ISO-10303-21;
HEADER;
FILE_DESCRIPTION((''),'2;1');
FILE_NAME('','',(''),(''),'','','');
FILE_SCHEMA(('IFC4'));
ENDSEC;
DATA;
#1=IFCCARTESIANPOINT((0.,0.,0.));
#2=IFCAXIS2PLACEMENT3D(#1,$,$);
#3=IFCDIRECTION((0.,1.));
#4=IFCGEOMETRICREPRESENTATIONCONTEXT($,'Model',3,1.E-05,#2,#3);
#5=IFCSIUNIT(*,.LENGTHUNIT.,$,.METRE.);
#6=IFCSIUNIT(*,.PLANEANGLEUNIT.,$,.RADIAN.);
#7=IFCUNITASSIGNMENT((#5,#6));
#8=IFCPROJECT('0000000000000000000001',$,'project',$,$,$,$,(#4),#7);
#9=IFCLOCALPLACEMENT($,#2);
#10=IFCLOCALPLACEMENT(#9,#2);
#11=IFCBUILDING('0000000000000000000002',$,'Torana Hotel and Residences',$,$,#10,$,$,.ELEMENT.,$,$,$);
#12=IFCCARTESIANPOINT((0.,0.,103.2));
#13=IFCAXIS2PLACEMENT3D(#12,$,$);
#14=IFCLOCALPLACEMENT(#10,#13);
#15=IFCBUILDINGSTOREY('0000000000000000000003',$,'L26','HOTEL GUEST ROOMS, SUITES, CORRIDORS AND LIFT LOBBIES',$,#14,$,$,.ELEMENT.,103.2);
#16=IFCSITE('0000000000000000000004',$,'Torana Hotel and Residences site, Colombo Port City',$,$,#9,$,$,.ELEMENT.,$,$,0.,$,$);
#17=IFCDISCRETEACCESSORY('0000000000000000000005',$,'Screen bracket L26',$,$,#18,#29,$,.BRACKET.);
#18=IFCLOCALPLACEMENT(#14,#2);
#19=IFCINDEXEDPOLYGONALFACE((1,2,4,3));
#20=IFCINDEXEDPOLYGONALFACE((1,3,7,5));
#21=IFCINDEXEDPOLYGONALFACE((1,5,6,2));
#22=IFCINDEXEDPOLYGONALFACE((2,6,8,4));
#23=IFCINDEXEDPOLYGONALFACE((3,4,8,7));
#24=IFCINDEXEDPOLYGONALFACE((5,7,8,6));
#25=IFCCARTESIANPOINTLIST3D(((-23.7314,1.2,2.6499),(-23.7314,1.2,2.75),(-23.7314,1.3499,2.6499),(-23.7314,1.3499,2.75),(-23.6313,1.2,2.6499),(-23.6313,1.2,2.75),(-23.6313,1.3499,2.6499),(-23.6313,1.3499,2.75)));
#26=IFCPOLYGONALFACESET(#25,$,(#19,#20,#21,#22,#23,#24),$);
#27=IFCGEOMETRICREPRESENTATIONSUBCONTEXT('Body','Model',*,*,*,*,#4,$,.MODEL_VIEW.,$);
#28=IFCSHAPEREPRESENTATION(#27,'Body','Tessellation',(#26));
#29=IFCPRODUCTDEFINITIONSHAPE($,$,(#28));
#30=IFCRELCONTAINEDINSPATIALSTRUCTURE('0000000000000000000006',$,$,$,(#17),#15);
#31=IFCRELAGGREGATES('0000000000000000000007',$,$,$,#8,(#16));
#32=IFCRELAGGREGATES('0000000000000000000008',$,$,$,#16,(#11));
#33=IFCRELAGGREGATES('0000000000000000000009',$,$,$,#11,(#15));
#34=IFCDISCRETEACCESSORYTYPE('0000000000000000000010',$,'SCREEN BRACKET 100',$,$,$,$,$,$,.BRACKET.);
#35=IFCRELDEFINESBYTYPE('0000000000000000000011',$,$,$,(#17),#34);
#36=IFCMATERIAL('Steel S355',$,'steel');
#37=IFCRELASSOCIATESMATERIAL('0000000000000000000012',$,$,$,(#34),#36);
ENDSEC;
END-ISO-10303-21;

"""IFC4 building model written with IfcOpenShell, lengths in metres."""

from ifc_helpers import new_model, si_unit, direction, frame, origin, origin_2d, place, context, subcontext, project, spatial, rectangle, extrude, material, type_object, element, save


model = new_model("IFC4")

# Units and contexts
model_context = context("Model", 3, precision=1e-05, world=origin(), true_north=direction((0.0, 1.0)))
body_context = subcontext(model_context, "Body", "Model", "MODEL_VIEW")
ifc_project = project(units=[si_unit("LENGTHUNIT", "METRE"), si_unit("PLANEANGLEUNIT", "RADIAN")], contexts=[model_context])

# Site, building, storey
site_placement = place(None, origin())
site = spatial("IfcSite", under=ifc_project, at=site_placement, Name="Torana Hotel and Residences site, Colombo Port City", CompositionType="ELEMENT", RefElevation=0.0)
building_placement = place(site_placement, origin())
building = spatial("IfcBuilding", under=site, at=building_placement, Name="Torana Hotel and Residences", CompositionType="ELEMENT")
storey_placement = place(building_placement, frame((0.0, 0.0, 103.2)))
storey = spatial("IfcBuildingStorey", under=building, at=storey_placement, Name="L26", Description="HOTEL GUEST ROOMS, SUITES, CORRIDORS AND LIFT LOBBIES", CompositionType="ELEMENT", Elevation=103.2)

# Discrete accessory
ifc_material_1 = material(Name="Steel S355", Category="steel")
discrete_accessory_type = type_object("IfcDiscreteAccessoryType", Name="SCREEN BRACKET 100", PredefinedType="BRACKET", material=ifc_material_1)
for number, where, z_axis, x_axis, name in (
    (1, (-23.6814, 1.2749, 2.6499), (0.0, 0.0, 1.0), (-1.0, 0.0, 0.0), "Screen bracket L26"),
):
    element("IfcDiscreteAccessory", number, at=place(storey_placement, frame(where, z_axis=z_axis, x_axis=x_axis)), inside=storey, type_object=discrete_accessory_type, Name=name, PredefinedType="BRACKET", context=body_context, shape_type="SweptSolid", body=[
        extrude(rectangle(XDim=0.1001, YDim=0.1499, at=origin_2d()), origin(), (0.0, 0.0, 1.0), 0.1001),
    ])

save(model, "model.ifc")
